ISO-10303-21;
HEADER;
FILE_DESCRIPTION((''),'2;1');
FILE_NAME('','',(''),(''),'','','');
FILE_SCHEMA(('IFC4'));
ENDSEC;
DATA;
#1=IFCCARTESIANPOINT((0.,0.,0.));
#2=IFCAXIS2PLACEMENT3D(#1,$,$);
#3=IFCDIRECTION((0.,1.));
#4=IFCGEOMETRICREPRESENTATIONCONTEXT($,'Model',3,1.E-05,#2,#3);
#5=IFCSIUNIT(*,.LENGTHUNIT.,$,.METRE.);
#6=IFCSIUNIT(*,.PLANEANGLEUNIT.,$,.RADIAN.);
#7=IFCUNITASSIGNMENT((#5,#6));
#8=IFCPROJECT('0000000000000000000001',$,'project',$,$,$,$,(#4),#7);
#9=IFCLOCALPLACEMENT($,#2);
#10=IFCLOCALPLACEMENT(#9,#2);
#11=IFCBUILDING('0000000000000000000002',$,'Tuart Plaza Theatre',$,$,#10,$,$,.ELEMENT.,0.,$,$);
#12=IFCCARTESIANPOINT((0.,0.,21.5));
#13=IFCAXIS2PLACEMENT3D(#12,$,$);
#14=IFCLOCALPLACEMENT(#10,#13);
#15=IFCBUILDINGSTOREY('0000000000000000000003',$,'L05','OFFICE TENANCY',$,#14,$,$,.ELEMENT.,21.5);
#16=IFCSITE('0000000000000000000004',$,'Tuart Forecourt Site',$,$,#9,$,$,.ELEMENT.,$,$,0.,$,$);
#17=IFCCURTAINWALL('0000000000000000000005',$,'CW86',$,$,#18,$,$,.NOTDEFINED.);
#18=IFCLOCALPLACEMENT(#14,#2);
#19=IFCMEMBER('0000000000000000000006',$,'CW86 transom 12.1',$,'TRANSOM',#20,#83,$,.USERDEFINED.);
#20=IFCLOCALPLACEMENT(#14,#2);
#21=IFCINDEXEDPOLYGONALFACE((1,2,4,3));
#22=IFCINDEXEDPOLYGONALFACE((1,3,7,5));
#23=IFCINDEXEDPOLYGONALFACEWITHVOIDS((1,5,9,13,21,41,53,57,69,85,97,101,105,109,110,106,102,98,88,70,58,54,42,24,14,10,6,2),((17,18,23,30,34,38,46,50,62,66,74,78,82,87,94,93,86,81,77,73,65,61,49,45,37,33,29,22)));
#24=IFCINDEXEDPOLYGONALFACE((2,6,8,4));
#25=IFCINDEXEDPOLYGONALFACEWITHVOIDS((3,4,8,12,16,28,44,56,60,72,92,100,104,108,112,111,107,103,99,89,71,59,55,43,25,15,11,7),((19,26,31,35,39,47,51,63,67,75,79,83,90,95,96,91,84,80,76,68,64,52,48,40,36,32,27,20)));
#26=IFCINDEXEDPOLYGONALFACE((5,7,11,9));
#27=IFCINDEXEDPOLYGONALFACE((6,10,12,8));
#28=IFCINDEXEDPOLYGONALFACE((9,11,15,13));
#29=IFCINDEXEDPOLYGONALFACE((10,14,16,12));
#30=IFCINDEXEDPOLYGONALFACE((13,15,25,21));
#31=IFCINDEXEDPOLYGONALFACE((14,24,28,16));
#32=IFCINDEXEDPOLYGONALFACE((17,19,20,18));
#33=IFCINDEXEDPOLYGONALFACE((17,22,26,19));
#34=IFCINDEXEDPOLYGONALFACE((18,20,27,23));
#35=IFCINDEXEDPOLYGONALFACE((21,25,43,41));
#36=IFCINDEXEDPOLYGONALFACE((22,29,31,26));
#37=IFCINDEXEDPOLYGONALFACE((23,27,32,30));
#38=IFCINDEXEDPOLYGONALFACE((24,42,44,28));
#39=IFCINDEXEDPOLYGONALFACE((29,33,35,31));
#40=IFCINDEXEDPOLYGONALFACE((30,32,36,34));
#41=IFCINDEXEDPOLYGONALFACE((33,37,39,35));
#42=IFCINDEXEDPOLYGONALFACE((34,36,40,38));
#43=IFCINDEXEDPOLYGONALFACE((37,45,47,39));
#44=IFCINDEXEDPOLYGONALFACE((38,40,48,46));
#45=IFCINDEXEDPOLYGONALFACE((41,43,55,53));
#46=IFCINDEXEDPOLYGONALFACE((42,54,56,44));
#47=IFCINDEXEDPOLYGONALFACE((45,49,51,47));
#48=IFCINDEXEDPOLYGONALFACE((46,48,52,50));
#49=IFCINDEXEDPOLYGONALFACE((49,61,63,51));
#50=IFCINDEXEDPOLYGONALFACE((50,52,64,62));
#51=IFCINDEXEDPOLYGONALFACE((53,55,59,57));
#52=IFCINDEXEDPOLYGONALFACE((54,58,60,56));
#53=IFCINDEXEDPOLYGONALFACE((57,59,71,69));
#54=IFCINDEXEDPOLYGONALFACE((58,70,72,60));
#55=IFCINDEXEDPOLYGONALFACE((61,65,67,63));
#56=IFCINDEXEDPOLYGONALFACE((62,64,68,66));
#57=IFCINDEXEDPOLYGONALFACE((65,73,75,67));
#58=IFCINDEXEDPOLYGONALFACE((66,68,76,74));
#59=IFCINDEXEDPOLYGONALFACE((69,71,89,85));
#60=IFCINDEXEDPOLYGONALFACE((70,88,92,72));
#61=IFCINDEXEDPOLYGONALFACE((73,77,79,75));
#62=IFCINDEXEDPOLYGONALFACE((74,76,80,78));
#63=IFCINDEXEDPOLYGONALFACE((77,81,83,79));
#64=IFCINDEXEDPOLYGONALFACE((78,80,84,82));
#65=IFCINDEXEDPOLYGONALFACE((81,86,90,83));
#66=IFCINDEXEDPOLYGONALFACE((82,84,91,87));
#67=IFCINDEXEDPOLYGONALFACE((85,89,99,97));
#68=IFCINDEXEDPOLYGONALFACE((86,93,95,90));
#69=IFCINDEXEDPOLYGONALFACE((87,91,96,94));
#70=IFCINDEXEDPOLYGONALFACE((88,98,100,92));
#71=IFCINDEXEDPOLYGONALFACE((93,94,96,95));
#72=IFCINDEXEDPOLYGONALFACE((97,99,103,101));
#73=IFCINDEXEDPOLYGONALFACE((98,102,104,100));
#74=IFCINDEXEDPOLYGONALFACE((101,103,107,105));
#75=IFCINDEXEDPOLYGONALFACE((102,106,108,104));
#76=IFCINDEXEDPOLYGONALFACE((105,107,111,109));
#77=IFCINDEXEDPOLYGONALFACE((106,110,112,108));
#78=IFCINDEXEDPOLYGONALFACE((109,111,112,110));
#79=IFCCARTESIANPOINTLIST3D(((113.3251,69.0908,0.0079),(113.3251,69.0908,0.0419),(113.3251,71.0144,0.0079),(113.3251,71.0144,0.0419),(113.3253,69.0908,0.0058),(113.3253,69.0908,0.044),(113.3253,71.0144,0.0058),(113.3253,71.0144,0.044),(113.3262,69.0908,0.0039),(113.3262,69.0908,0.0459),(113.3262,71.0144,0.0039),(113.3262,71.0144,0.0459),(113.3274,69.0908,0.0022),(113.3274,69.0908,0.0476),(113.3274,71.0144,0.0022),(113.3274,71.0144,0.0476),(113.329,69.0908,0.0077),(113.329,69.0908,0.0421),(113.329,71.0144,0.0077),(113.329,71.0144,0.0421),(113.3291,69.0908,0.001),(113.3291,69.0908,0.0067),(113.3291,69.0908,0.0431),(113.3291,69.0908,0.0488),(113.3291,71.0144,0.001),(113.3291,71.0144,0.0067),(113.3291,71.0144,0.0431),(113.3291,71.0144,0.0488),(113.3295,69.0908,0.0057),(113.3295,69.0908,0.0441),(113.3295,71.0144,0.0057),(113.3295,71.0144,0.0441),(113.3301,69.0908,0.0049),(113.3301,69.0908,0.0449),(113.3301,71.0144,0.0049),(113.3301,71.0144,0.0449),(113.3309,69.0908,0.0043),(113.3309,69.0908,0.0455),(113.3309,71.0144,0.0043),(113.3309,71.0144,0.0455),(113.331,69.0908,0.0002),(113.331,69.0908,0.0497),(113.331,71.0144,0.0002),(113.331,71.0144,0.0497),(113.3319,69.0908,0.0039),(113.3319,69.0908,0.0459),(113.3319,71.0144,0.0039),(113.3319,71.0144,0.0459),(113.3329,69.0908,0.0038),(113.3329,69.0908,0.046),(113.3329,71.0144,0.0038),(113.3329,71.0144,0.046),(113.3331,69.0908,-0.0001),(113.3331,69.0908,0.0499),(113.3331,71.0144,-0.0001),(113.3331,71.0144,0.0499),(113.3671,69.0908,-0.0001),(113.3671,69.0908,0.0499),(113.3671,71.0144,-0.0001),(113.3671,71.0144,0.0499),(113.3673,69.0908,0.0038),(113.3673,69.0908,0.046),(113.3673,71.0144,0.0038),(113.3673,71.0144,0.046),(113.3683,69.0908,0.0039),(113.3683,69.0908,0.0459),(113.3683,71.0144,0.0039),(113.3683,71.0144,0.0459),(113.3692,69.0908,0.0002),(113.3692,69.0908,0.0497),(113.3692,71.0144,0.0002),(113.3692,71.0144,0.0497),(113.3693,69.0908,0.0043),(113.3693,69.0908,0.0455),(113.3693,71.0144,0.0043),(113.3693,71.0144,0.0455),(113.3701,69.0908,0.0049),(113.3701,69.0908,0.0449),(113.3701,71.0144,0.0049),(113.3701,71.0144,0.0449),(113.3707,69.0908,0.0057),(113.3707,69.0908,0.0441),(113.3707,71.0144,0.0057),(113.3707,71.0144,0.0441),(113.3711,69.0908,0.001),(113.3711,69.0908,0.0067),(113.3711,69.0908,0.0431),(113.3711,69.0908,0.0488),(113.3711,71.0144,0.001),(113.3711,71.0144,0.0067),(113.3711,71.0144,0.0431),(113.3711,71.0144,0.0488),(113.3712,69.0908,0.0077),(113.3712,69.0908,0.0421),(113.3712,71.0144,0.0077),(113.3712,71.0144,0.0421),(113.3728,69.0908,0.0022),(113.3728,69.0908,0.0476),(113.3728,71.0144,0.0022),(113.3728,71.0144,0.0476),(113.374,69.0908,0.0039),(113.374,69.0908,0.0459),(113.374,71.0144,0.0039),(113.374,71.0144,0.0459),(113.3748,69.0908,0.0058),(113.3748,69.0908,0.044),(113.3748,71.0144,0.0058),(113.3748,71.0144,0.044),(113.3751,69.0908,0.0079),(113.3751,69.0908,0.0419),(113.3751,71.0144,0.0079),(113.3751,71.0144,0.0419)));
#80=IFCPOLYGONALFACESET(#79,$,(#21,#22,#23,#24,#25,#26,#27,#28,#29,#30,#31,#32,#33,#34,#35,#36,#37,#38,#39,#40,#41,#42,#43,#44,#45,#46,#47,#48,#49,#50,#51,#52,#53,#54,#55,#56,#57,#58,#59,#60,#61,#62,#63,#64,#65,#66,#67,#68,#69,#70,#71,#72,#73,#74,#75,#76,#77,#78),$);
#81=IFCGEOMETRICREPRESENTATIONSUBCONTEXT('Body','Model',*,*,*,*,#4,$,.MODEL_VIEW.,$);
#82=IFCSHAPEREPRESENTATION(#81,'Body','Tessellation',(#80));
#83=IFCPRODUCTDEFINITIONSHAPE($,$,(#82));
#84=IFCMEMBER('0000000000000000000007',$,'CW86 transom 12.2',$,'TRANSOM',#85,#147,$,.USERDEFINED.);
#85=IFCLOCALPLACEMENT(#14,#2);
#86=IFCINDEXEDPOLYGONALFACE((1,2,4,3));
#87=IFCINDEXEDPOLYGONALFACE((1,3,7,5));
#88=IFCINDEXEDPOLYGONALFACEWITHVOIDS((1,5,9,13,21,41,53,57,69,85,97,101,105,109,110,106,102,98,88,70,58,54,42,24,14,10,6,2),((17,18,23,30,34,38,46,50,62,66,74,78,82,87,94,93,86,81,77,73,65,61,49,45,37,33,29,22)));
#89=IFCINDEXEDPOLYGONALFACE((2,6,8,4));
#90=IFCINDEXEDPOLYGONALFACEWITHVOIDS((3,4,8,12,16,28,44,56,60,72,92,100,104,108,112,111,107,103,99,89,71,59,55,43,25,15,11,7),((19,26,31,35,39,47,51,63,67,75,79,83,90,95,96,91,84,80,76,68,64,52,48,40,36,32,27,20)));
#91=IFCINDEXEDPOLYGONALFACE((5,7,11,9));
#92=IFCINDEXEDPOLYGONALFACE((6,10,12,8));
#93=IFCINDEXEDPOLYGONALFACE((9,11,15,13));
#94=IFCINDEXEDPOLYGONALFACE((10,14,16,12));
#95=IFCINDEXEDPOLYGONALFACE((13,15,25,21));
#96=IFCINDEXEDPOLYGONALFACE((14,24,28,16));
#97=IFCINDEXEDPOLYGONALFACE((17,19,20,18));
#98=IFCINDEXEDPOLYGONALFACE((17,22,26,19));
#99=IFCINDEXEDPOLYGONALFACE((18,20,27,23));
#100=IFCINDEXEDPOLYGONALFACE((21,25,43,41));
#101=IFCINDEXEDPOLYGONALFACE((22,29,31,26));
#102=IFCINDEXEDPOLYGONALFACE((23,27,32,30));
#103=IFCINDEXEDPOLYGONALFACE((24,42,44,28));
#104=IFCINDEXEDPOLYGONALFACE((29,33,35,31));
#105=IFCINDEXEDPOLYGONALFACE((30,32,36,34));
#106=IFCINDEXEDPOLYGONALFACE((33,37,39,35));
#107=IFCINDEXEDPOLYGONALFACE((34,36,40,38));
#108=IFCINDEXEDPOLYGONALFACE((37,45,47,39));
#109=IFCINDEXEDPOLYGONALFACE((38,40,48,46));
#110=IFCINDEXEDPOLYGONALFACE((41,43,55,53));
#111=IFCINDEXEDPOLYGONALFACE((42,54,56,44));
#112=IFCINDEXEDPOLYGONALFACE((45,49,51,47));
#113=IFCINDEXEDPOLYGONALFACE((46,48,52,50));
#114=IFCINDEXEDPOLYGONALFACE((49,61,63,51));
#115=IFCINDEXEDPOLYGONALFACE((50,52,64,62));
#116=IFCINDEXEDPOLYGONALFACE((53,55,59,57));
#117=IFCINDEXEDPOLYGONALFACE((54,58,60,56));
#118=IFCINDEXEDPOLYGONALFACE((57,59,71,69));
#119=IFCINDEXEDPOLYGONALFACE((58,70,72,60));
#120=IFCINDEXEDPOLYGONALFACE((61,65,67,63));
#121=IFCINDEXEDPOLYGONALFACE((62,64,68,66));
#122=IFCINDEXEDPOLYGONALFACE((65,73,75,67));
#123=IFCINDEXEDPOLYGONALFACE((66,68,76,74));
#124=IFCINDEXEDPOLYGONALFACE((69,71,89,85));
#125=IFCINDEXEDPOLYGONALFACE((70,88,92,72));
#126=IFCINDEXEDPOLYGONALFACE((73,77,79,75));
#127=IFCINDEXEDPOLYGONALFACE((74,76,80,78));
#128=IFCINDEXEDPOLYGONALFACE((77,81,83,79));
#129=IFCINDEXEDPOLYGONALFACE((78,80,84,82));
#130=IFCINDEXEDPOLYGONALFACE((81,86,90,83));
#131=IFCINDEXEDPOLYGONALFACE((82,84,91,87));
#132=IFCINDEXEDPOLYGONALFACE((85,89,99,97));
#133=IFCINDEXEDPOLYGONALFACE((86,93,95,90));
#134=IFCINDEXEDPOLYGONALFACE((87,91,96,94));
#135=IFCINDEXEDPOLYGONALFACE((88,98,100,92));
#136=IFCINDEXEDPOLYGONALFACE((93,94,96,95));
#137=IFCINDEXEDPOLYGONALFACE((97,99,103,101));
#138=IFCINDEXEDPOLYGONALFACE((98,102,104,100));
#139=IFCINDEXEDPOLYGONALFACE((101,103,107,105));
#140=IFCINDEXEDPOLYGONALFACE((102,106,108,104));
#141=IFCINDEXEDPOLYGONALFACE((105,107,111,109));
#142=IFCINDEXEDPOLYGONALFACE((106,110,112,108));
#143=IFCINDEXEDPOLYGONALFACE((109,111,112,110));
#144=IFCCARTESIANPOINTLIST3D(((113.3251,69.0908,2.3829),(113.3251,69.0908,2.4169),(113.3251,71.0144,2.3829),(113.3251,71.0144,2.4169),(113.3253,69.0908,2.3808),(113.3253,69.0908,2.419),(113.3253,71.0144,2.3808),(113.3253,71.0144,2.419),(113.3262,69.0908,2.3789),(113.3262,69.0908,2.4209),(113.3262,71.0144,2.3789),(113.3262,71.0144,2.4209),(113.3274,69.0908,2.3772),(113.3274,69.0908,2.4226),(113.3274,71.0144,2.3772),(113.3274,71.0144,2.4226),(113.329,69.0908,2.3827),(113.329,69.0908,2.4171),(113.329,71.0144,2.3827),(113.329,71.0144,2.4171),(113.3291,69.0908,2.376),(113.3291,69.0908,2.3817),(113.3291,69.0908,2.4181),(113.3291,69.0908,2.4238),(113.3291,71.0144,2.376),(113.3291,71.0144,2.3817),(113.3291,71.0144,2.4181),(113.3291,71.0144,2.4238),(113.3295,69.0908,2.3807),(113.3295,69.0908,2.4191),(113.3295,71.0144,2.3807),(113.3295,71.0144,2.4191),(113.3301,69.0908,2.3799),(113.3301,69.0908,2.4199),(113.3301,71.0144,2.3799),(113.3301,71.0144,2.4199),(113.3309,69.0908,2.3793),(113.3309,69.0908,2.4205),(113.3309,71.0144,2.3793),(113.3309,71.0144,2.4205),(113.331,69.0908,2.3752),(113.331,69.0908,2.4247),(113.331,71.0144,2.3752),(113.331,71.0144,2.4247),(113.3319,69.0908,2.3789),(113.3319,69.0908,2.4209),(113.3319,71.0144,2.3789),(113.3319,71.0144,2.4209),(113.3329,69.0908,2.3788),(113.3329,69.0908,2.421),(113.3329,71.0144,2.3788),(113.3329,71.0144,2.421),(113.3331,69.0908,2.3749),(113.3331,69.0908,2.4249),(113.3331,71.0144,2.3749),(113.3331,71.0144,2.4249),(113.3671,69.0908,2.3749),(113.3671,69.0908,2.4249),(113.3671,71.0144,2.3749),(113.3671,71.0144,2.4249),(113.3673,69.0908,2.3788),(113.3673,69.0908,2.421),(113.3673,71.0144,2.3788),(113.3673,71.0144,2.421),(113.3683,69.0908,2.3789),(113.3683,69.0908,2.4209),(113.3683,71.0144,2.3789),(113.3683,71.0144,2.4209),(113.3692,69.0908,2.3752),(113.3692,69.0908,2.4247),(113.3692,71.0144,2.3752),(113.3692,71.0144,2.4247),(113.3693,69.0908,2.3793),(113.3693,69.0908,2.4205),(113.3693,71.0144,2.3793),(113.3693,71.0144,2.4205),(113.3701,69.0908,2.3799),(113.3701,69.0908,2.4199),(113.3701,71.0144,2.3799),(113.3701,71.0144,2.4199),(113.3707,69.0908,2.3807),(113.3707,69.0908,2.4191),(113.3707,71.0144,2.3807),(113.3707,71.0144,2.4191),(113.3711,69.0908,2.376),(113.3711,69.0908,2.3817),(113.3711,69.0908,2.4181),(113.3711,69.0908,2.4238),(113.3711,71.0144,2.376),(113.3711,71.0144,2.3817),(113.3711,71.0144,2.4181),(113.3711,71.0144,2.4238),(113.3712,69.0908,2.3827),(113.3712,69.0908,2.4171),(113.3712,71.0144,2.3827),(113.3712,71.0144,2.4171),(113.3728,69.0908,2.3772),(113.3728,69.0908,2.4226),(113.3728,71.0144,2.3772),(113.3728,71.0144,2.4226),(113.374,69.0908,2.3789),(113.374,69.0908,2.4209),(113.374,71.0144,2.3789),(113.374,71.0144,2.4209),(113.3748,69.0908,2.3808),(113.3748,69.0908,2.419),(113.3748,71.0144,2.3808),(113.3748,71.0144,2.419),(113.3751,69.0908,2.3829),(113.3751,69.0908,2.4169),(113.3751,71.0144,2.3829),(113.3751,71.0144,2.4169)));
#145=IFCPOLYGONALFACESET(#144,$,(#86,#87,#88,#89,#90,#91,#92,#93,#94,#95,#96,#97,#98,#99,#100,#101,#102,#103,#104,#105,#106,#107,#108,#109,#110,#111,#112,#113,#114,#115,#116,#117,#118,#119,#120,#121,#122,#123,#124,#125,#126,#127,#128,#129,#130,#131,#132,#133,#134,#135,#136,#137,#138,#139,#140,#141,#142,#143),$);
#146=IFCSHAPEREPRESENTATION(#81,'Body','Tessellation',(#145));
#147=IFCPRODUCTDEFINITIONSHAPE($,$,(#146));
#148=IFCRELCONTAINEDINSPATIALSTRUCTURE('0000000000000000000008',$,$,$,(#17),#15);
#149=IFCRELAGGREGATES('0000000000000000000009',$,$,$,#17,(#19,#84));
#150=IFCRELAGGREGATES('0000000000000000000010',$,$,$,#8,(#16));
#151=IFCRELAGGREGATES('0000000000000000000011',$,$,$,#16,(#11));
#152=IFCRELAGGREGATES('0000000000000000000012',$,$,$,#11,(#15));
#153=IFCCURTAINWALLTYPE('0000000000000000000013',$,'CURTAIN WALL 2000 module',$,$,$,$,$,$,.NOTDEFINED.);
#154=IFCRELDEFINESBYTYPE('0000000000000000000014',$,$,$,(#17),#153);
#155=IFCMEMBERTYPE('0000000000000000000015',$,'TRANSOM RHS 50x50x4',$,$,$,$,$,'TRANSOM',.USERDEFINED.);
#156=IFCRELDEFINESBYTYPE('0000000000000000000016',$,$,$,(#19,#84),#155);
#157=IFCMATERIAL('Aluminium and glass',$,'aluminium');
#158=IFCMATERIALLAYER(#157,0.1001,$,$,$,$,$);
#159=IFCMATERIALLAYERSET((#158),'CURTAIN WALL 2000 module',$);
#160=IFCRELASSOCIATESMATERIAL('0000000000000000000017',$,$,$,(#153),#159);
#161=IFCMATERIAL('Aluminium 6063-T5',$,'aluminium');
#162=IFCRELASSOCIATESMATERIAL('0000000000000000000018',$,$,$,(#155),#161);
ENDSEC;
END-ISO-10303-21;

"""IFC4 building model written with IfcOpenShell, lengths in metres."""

from ifc_helpers import new_model, si_unit, direction, frame, origin, origin_2d, place, context, subcontext, project, spatial, hollow_rectangle, extrude, material, layer, layer_set, material_profile, profile_set, type_object, element, aggregate, save


model = new_model("IFC4")

# Units and contexts
model_context = context("Model", 3, precision=1e-05, world=origin(), true_north=direction((0.0, 1.0)))
body_context = subcontext(model_context, "Body", "Model", "MODEL_VIEW")
ifc_project = project(units=[si_unit("LENGTHUNIT", "METRE"), si_unit("PLANEANGLEUNIT", "RADIAN")], contexts=[model_context])

# Site, building, storey
site_placement = place(None, origin())
site = spatial("IfcSite", under=ifc_project, at=site_placement, Name="Tuart Forecourt Site", CompositionType="ELEMENT", RefElevation=0.0)
building_placement = place(site_placement, origin())
building = spatial("IfcBuilding", under=site, at=building_placement, Name="Tuart Plaza Theatre", CompositionType="ELEMENT", ElevationOfRefHeight=0.0)
storey_placement = place(building_placement, frame((0.0, 0.0, 21.5)))
storey = spatial("IfcBuildingStorey", under=building, at=storey_placement, Name="L05", Description="OFFICE TENANCY", CompositionType="ELEMENT", Elevation=21.5)

# Curtain wall, members
ifc_material_1 = material(Name="Aluminium and glass", Category="aluminium")
ifc_layer_1 = layer(ifc_material_1, 0.1001)
ifc_layer_set_1 = layer_set([ifc_layer_1], Name="CURTAIN WALL 2000 module")
curtain_wall_type = type_object("IfcCurtainWallType", Name="CURTAIN WALL 2000 module", PredefinedType="NOTDEFINED", material=ifc_layer_set_1)
curtain_wall_placement = place(storey_placement, origin())
curtain_wall = element("IfcCurtainWall", 1, at=curtain_wall_placement, inside=storey, type_object=curtain_wall_type, Name="CW86", PredefinedType="NOTDEFINED")
ifc_material_2 = material(Name="Aluminium 6063-T5", Category="aluminium")
ifc_material_profile_1 = material_profile(ifc_material_2, hollow_rectangle(XDim=0.05, YDim=0.05, WallThickness=0.0039, InnerFilletRadius=0.0039, OuterFilletRadius=0.0081, at=origin_2d()), Name="RHS 50x50x4")
ifc_profile_set_1 = profile_set([ifc_material_profile_1], Name="Aluminium 6063-T5")
member_type_1 = type_object("IfcMemberType", Name="TRANSOM RHS 50x50x4", ElementType="TRANSOM", PredefinedType="USERDEFINED", material=ifc_profile_set_1)
member_1_placement = place(storey_placement, frame((113.3501, 71.0144, 0.0249), z_axis=(0.0, -1.0, 0.0), x_axis=(1.0, 0.0, 0.0)))
member_1 = element("IfcMember", 2, at=member_1_placement, type_object=member_type_1, Name="CW86 transom 12.1", ObjectType="TRANSOM", PredefinedType="USERDEFINED", context=body_context, shape_type="SweptSolid", body=[
    extrude(hollow_rectangle(XDim=0.05, YDim=0.05, WallThickness=0.0039, InnerFilletRadius=0.0039, OuterFilletRadius=0.0081, at=origin_2d()), origin(), (0.0, 0.0, 1.0), 1.9236),
])
member_2_placement = place(storey_placement, frame((113.3501, 71.0144, 2.3999), z_axis=(0.0, -1.0, 0.0), x_axis=(1.0, 0.0, 0.0)))
member_2 = element("IfcMember", 3, at=member_2_placement, type_object=member_type_1, Name="CW86 transom 12.2", ObjectType="TRANSOM", PredefinedType="USERDEFINED", context=body_context, shape_type="SweptSolid", body=[
    extrude(hollow_rectangle(XDim=0.05, YDim=0.05, WallThickness=0.0039, InnerFilletRadius=0.0039, OuterFilletRadius=0.0081, at=origin_2d()), origin(), (0.0, 0.0, 1.0), 1.9236),
])
aggregate(curtain_wall, [member_1, member_2])

save(model, "model.ifc")
